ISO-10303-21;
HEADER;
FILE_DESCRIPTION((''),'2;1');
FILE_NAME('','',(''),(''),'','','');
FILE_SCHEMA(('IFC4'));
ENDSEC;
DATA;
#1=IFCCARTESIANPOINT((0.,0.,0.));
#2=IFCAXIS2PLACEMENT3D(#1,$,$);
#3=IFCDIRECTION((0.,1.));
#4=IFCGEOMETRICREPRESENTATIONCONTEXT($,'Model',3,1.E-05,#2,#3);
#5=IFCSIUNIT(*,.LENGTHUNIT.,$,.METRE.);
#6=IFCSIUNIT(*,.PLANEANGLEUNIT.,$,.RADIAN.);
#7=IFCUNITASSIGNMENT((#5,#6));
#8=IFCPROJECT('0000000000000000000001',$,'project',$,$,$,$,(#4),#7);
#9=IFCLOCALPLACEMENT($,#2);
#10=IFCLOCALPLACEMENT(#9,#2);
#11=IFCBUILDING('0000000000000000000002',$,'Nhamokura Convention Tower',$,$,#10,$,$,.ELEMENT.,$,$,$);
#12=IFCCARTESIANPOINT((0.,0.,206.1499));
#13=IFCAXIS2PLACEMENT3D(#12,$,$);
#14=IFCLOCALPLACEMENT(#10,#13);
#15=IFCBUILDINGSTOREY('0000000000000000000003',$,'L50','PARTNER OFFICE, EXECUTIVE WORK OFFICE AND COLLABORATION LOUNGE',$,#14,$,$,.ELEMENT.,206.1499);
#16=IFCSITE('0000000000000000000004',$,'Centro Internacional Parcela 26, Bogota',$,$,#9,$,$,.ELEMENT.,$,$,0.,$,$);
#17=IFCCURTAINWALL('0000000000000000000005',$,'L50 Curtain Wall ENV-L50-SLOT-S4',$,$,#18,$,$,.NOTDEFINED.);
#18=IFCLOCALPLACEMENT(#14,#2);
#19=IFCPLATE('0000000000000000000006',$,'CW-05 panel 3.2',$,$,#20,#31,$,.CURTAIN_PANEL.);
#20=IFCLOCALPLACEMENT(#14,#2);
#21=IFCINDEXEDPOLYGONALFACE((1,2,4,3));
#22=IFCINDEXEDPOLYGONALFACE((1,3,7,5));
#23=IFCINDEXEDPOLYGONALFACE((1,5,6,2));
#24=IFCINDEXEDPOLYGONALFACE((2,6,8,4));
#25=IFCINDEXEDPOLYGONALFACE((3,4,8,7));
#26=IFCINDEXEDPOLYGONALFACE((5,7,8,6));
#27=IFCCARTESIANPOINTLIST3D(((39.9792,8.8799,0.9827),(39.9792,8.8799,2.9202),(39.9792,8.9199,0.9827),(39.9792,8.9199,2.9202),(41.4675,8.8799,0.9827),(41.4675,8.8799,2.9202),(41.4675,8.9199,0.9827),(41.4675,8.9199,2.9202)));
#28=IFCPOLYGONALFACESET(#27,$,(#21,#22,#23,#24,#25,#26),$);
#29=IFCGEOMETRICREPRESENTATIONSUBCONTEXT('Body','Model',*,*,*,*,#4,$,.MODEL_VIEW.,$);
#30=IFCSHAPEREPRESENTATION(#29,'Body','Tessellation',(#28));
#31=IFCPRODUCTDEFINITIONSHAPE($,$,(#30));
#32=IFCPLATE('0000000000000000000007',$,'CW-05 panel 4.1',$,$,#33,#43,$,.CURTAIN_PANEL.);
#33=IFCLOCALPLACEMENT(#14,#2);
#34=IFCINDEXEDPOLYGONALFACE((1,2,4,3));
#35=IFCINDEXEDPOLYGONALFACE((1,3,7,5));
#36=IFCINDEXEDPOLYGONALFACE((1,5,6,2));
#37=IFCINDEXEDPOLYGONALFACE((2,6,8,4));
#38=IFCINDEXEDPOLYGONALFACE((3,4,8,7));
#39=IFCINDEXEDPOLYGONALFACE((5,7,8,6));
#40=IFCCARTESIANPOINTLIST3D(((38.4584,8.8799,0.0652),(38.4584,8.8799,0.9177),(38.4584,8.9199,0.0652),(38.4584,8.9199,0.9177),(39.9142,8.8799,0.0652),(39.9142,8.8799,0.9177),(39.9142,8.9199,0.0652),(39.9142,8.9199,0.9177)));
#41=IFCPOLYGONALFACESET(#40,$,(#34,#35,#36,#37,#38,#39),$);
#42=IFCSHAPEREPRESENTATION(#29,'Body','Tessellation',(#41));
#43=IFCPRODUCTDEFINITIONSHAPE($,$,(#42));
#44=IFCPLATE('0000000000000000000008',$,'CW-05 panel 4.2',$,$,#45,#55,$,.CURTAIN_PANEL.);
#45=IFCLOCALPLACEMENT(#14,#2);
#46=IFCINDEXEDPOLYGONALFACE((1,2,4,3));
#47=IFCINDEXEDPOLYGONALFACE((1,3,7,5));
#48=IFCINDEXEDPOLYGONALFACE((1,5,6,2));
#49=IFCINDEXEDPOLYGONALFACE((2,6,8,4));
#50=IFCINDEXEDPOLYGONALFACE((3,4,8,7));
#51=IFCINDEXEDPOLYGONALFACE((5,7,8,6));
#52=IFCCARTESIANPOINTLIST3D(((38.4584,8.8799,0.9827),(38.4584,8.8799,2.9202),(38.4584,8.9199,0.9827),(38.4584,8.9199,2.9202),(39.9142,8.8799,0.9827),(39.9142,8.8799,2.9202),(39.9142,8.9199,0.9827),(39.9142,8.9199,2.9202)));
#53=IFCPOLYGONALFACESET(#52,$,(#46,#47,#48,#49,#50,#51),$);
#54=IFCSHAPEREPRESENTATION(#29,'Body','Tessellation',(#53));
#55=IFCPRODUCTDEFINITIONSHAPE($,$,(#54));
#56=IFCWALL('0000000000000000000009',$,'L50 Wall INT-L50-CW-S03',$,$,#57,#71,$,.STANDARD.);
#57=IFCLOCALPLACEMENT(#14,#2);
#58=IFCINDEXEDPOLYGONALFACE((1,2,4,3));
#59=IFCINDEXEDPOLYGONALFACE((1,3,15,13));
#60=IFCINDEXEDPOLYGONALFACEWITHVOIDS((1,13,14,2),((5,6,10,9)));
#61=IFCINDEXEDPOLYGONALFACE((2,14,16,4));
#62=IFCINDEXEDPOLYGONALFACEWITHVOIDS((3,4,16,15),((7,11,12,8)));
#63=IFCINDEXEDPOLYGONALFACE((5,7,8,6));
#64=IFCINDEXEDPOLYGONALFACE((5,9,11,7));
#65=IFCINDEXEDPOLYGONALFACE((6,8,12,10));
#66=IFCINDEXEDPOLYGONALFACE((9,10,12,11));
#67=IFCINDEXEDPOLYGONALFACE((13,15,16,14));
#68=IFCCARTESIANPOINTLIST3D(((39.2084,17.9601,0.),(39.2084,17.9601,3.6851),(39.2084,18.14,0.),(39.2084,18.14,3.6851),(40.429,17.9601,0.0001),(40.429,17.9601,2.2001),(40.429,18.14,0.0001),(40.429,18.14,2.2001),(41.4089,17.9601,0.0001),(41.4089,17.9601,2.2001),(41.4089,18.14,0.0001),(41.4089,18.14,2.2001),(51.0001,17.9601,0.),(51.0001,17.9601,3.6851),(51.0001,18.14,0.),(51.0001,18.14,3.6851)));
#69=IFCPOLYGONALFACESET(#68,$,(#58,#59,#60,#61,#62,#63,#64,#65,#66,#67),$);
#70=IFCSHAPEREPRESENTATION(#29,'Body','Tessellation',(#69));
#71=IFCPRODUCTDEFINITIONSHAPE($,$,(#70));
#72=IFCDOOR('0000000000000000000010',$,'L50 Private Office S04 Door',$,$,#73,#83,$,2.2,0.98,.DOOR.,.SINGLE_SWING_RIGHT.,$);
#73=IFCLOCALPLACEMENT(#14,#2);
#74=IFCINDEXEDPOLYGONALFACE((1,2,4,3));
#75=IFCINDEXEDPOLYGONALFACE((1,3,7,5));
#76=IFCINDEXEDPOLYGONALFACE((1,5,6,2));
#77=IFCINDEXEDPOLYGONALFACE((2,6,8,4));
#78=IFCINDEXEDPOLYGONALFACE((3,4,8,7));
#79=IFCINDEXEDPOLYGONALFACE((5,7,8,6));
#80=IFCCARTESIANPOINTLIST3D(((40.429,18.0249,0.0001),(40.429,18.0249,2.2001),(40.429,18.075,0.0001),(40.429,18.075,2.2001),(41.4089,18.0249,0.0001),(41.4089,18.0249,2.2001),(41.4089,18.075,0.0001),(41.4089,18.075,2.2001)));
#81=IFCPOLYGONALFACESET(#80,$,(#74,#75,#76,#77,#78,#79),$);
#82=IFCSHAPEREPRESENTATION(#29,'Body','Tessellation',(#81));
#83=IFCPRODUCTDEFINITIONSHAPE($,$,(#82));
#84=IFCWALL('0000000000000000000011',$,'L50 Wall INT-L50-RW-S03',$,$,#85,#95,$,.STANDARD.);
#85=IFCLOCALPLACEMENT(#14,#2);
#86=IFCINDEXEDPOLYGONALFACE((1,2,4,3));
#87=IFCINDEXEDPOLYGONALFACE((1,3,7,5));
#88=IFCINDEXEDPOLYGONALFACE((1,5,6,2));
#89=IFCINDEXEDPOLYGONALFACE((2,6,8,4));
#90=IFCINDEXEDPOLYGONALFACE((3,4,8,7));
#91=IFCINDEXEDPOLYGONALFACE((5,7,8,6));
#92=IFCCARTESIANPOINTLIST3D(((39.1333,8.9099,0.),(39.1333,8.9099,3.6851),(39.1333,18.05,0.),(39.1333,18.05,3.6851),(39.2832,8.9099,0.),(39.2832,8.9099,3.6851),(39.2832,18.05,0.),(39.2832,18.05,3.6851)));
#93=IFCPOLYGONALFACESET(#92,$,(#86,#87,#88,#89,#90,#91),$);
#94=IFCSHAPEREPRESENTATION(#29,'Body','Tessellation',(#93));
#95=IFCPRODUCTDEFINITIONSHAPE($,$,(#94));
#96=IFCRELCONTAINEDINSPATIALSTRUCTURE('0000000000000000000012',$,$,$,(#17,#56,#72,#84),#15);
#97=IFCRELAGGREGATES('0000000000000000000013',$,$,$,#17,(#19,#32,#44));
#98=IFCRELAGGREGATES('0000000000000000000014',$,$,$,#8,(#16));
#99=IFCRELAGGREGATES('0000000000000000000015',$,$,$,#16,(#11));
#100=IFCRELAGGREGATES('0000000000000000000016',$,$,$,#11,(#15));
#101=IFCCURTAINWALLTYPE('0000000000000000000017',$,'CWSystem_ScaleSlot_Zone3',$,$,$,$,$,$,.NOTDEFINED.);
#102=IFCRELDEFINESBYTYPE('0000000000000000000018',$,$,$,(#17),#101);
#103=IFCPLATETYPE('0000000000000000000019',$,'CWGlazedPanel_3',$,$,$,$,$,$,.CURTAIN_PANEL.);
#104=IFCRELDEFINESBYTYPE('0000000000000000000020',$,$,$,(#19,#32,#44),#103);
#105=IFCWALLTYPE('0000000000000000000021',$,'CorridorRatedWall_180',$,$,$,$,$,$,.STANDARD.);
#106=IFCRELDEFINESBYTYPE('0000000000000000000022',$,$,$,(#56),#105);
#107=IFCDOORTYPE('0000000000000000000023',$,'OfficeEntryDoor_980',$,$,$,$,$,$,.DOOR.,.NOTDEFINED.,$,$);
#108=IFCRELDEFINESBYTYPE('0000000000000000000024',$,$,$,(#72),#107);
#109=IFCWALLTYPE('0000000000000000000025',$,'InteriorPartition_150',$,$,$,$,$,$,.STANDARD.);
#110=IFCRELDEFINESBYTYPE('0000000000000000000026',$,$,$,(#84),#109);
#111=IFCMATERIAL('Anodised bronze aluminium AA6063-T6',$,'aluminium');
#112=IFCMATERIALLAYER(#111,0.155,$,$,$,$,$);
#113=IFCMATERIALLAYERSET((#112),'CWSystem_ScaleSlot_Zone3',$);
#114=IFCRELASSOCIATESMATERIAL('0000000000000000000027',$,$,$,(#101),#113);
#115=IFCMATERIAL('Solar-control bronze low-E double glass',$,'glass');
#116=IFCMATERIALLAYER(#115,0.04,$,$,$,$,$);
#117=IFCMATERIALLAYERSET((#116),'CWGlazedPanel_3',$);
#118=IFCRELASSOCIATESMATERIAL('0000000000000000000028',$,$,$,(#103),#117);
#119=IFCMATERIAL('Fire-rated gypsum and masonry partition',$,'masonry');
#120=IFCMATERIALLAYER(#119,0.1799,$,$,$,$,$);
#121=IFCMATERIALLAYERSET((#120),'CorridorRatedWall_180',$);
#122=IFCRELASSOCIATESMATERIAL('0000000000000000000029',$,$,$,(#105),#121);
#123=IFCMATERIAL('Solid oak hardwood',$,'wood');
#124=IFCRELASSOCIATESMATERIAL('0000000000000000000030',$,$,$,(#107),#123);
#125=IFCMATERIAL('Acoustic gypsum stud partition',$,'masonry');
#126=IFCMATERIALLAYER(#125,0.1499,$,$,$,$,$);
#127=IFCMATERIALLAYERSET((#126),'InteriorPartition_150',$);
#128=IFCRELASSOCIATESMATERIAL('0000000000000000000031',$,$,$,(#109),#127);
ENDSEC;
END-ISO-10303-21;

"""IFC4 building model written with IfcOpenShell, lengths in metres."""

from ifc_helpers import new_model, si_unit, direction, frame, frame_2d, origin, origin_2d, place, context, subcontext, project, spatial, rectangle, extrude, material, layer, layer_set, type_object, element, fill, aggregate, save


model = new_model("IFC4")

# Units and contexts
model_context = context("Model", 3, precision=1e-05, world=origin(), true_north=direction((0.0, 1.0)))
body_context = subcontext(model_context, "Body", "Model", "MODEL_VIEW")
ifc_project = project(units=[si_unit("LENGTHUNIT", "METRE"), si_unit("PLANEANGLEUNIT", "RADIAN")], contexts=[model_context])

# Site, building, storey
site_placement = place(None, origin())
site = spatial("IfcSite", under=ifc_project, at=site_placement, Name="Centro Internacional Parcela 26, Bogota", CompositionType="ELEMENT", RefElevation=0.0)
building_placement = place(site_placement, origin())
building = spatial("IfcBuilding", under=site, at=building_placement, Name="Nhamokura Convention Tower", CompositionType="ELEMENT")
storey_placement = place(building_placement, frame((0.0, 0.0, 206.1499)))
storey = spatial("IfcBuildingStorey", under=building, at=storey_placement, Name="L50", Description="PARTNER OFFICE, EXECUTIVE WORK OFFICE AND COLLABORATION LOUNGE", CompositionType="ELEMENT", Elevation=206.1499)

# Curtain wall
ifc_material_1 = material(Name="Anodised bronze aluminium AA6063-T6", Category="aluminium")
ifc_layer_1 = layer(ifc_material_1, 0.155)
ifc_layer_set_1 = layer_set([ifc_layer_1], Name="CWSystem_ScaleSlot_Zone3")
curtain_wall_type = type_object("IfcCurtainWallType", Name="CWSystem_ScaleSlot_Zone3", PredefinedType="NOTDEFINED", material=ifc_layer_set_1)
curtain_wall_1_placement = place(storey_placement, origin())
curtain_wall_1 = element("IfcCurtainWall", 1, at=curtain_wall_1_placement, inside=storey, type_object=curtain_wall_type, Name="L50 Curtain Wall ENV-L50-SLOT-S4", PredefinedType="NOTDEFINED")

# Plates
ifc_material_2 = material(Name="Solar-control bronze low-E double glass", Category="glass")
ifc_layer_2 = layer(ifc_material_2, 0.04)
ifc_layer_set_2 = layer_set([ifc_layer_2], Name="CWGlazedPanel_3")
plate_type = type_object("IfcPlateType", Name="CWGlazedPanel_3", PredefinedType="CURTAIN_PANEL", material=ifc_layer_set_2)
plate_1_placement = place(storey_placement, frame((40.7234, 8.8999, 0.9827), z_axis=(0.0, 0.0, 1.0), x_axis=(-1.0, 0.0, 0.0)))
plate_1 = element("IfcPlate", 2, at=plate_1_placement, type_object=plate_type, Name="CW-05 panel 3.2", PredefinedType="CURTAIN_PANEL", context=body_context, shape_type="SweptSolid", body=[
    extrude(rectangle(XDim=1.4883, YDim=0.04, at=origin_2d()), origin(), (0.0, 0.0, 1.0), 1.9375),
])
plate_2_placement = place(storey_placement, frame((39.1863, 8.8999, 0.0652), z_axis=(0.0, 0.0, 1.0), x_axis=(-1.0, 0.0, 0.0)))
plate_2 = element("IfcPlate", 3, at=plate_2_placement, type_object=plate_type, Name="CW-05 panel 4.1", PredefinedType="CURTAIN_PANEL", context=body_context, shape_type="SweptSolid", body=[
    extrude(rectangle(XDim=1.4558, YDim=0.04, at=origin_2d()), origin(), (0.0, 0.0, 1.0), 0.8525),
])
plate_3_placement = place(storey_placement, frame((39.1863, 8.8999, 0.9827), z_axis=(0.0, 0.0, 1.0), x_axis=(-1.0, 0.0, 0.0)))
plate_3 = element("IfcPlate", 4, at=plate_3_placement, type_object=plate_type, Name="CW-05 panel 4.2", PredefinedType="CURTAIN_PANEL", context=body_context, shape_type="SweptSolid", body=[
    extrude(rectangle(XDim=1.4558, YDim=0.04, at=origin_2d()), origin(), (0.0, 0.0, 1.0), 1.9375),
])
aggregate(curtain_wall_1, [plate_1, plate_2, plate_3])

# Wall, opening, door
ifc_material_3 = material(Name="Fire-rated gypsum and masonry partition", Category="masonry")
ifc_layer_3 = layer(ifc_material_3, 0.1799)
ifc_layer_set_3 = layer_set([ifc_layer_3], Name="CorridorRatedWall_180")
wall_type_1 = type_object("IfcWallType", Name="CorridorRatedWall_180", PredefinedType="STANDARD", material=ifc_layer_set_3)
wall_1_placement = place(storey_placement, frame((39.2083, 18.05, 0.0), z_axis=(0.0, 0.0, 1.0), x_axis=(1.0, 0.0, 0.0)))
wall_1 = element("IfcWall", 5, at=wall_1_placement, inside=storey, type_object=wall_type_1, Name="L50 Wall INT-L50-CW-S03", PredefinedType="STANDARD", context=body_context, shape_type="SweptSolid", body=[
    extrude(rectangle(XDim=11.7917, YDim=0.1799, at=frame_2d((5.896, 0.0))), origin(), (0.0, 0.0, 1.0), 3.6851),
])
opening_placement = place(wall_1_placement, frame((1.2207, 0.0, 0.0)))
opening = element("IfcOpeningElement", 6, at=opening_placement, cuts=wall_1, PredefinedType="OPENING", context=body_context, shape_type="SweptSolid", body=[
    extrude(rectangle(XDim=0.98, YDim=2.2, at=frame_2d((0.49, 1.1001))), frame((0.0, 0.0999, 0.0), z_axis=(0.0, -1.0, 0.0), x_axis=(1.0, 0.0, 0.0)), (0.0, 0.0, 1.0), 0.2),
])
ifc_material_4 = material(Name="Solid oak hardwood", Category="wood")
door_type = type_object("IfcDoorType", Name="OfficeEntryDoor_980", OperationType="NOTDEFINED", PredefinedType="DOOR", material=ifc_material_4)
door_placement = place(opening_placement, origin())
door = element("IfcDoor", 7, at=door_placement, inside=storey, type_object=door_type, Name="L50 Private Office S04 Door", OperationType="SINGLE_SWING_RIGHT", OverallHeight=2.2, OverallWidth=0.98, PredefinedType="DOOR", context=body_context, shape_type="SweptSolid", body=[
    extrude(rectangle(XDim=0.98, YDim=2.2, at=frame_2d((0.49, 1.1001))), frame((0.0, 0.0249, 0.0), z_axis=(0.0, -1.0, 0.0), x_axis=(1.0, 0.0, 0.0)), (0.0, 0.0, 1.0), 0.05),
])
fill(opening, door)

# Wall
ifc_material_5 = material(Name="Acoustic gypsum stud partition", Category="masonry")
ifc_layer_4 = layer(ifc_material_5, 0.1499)
ifc_layer_set_4 = layer_set([ifc_layer_4], Name="InteriorPartition_150")
wall_type_2 = type_object("IfcWallType", Name="InteriorPartition_150", PredefinedType="STANDARD", material=ifc_layer_set_4)
wall_2_placement = place(storey_placement, frame((39.2083, 8.9099, 0.0), z_axis=(0.0, 0.0, 1.0), x_axis=(0.0, 1.0, 0.0)))
element("IfcWall", 8, at=wall_2_placement, inside=storey, type_object=wall_type_2, Name="L50 Wall INT-L50-RW-S03", PredefinedType="STANDARD", context=body_context, shape_type="SweptSolid", body=[
    extrude(rectangle(XDim=9.1401, YDim=0.1499, at=frame_2d((4.5701, 0.0))), origin(), (0.0, 0.0, 1.0), 3.6851),
])

save(model, "model.ifc")
